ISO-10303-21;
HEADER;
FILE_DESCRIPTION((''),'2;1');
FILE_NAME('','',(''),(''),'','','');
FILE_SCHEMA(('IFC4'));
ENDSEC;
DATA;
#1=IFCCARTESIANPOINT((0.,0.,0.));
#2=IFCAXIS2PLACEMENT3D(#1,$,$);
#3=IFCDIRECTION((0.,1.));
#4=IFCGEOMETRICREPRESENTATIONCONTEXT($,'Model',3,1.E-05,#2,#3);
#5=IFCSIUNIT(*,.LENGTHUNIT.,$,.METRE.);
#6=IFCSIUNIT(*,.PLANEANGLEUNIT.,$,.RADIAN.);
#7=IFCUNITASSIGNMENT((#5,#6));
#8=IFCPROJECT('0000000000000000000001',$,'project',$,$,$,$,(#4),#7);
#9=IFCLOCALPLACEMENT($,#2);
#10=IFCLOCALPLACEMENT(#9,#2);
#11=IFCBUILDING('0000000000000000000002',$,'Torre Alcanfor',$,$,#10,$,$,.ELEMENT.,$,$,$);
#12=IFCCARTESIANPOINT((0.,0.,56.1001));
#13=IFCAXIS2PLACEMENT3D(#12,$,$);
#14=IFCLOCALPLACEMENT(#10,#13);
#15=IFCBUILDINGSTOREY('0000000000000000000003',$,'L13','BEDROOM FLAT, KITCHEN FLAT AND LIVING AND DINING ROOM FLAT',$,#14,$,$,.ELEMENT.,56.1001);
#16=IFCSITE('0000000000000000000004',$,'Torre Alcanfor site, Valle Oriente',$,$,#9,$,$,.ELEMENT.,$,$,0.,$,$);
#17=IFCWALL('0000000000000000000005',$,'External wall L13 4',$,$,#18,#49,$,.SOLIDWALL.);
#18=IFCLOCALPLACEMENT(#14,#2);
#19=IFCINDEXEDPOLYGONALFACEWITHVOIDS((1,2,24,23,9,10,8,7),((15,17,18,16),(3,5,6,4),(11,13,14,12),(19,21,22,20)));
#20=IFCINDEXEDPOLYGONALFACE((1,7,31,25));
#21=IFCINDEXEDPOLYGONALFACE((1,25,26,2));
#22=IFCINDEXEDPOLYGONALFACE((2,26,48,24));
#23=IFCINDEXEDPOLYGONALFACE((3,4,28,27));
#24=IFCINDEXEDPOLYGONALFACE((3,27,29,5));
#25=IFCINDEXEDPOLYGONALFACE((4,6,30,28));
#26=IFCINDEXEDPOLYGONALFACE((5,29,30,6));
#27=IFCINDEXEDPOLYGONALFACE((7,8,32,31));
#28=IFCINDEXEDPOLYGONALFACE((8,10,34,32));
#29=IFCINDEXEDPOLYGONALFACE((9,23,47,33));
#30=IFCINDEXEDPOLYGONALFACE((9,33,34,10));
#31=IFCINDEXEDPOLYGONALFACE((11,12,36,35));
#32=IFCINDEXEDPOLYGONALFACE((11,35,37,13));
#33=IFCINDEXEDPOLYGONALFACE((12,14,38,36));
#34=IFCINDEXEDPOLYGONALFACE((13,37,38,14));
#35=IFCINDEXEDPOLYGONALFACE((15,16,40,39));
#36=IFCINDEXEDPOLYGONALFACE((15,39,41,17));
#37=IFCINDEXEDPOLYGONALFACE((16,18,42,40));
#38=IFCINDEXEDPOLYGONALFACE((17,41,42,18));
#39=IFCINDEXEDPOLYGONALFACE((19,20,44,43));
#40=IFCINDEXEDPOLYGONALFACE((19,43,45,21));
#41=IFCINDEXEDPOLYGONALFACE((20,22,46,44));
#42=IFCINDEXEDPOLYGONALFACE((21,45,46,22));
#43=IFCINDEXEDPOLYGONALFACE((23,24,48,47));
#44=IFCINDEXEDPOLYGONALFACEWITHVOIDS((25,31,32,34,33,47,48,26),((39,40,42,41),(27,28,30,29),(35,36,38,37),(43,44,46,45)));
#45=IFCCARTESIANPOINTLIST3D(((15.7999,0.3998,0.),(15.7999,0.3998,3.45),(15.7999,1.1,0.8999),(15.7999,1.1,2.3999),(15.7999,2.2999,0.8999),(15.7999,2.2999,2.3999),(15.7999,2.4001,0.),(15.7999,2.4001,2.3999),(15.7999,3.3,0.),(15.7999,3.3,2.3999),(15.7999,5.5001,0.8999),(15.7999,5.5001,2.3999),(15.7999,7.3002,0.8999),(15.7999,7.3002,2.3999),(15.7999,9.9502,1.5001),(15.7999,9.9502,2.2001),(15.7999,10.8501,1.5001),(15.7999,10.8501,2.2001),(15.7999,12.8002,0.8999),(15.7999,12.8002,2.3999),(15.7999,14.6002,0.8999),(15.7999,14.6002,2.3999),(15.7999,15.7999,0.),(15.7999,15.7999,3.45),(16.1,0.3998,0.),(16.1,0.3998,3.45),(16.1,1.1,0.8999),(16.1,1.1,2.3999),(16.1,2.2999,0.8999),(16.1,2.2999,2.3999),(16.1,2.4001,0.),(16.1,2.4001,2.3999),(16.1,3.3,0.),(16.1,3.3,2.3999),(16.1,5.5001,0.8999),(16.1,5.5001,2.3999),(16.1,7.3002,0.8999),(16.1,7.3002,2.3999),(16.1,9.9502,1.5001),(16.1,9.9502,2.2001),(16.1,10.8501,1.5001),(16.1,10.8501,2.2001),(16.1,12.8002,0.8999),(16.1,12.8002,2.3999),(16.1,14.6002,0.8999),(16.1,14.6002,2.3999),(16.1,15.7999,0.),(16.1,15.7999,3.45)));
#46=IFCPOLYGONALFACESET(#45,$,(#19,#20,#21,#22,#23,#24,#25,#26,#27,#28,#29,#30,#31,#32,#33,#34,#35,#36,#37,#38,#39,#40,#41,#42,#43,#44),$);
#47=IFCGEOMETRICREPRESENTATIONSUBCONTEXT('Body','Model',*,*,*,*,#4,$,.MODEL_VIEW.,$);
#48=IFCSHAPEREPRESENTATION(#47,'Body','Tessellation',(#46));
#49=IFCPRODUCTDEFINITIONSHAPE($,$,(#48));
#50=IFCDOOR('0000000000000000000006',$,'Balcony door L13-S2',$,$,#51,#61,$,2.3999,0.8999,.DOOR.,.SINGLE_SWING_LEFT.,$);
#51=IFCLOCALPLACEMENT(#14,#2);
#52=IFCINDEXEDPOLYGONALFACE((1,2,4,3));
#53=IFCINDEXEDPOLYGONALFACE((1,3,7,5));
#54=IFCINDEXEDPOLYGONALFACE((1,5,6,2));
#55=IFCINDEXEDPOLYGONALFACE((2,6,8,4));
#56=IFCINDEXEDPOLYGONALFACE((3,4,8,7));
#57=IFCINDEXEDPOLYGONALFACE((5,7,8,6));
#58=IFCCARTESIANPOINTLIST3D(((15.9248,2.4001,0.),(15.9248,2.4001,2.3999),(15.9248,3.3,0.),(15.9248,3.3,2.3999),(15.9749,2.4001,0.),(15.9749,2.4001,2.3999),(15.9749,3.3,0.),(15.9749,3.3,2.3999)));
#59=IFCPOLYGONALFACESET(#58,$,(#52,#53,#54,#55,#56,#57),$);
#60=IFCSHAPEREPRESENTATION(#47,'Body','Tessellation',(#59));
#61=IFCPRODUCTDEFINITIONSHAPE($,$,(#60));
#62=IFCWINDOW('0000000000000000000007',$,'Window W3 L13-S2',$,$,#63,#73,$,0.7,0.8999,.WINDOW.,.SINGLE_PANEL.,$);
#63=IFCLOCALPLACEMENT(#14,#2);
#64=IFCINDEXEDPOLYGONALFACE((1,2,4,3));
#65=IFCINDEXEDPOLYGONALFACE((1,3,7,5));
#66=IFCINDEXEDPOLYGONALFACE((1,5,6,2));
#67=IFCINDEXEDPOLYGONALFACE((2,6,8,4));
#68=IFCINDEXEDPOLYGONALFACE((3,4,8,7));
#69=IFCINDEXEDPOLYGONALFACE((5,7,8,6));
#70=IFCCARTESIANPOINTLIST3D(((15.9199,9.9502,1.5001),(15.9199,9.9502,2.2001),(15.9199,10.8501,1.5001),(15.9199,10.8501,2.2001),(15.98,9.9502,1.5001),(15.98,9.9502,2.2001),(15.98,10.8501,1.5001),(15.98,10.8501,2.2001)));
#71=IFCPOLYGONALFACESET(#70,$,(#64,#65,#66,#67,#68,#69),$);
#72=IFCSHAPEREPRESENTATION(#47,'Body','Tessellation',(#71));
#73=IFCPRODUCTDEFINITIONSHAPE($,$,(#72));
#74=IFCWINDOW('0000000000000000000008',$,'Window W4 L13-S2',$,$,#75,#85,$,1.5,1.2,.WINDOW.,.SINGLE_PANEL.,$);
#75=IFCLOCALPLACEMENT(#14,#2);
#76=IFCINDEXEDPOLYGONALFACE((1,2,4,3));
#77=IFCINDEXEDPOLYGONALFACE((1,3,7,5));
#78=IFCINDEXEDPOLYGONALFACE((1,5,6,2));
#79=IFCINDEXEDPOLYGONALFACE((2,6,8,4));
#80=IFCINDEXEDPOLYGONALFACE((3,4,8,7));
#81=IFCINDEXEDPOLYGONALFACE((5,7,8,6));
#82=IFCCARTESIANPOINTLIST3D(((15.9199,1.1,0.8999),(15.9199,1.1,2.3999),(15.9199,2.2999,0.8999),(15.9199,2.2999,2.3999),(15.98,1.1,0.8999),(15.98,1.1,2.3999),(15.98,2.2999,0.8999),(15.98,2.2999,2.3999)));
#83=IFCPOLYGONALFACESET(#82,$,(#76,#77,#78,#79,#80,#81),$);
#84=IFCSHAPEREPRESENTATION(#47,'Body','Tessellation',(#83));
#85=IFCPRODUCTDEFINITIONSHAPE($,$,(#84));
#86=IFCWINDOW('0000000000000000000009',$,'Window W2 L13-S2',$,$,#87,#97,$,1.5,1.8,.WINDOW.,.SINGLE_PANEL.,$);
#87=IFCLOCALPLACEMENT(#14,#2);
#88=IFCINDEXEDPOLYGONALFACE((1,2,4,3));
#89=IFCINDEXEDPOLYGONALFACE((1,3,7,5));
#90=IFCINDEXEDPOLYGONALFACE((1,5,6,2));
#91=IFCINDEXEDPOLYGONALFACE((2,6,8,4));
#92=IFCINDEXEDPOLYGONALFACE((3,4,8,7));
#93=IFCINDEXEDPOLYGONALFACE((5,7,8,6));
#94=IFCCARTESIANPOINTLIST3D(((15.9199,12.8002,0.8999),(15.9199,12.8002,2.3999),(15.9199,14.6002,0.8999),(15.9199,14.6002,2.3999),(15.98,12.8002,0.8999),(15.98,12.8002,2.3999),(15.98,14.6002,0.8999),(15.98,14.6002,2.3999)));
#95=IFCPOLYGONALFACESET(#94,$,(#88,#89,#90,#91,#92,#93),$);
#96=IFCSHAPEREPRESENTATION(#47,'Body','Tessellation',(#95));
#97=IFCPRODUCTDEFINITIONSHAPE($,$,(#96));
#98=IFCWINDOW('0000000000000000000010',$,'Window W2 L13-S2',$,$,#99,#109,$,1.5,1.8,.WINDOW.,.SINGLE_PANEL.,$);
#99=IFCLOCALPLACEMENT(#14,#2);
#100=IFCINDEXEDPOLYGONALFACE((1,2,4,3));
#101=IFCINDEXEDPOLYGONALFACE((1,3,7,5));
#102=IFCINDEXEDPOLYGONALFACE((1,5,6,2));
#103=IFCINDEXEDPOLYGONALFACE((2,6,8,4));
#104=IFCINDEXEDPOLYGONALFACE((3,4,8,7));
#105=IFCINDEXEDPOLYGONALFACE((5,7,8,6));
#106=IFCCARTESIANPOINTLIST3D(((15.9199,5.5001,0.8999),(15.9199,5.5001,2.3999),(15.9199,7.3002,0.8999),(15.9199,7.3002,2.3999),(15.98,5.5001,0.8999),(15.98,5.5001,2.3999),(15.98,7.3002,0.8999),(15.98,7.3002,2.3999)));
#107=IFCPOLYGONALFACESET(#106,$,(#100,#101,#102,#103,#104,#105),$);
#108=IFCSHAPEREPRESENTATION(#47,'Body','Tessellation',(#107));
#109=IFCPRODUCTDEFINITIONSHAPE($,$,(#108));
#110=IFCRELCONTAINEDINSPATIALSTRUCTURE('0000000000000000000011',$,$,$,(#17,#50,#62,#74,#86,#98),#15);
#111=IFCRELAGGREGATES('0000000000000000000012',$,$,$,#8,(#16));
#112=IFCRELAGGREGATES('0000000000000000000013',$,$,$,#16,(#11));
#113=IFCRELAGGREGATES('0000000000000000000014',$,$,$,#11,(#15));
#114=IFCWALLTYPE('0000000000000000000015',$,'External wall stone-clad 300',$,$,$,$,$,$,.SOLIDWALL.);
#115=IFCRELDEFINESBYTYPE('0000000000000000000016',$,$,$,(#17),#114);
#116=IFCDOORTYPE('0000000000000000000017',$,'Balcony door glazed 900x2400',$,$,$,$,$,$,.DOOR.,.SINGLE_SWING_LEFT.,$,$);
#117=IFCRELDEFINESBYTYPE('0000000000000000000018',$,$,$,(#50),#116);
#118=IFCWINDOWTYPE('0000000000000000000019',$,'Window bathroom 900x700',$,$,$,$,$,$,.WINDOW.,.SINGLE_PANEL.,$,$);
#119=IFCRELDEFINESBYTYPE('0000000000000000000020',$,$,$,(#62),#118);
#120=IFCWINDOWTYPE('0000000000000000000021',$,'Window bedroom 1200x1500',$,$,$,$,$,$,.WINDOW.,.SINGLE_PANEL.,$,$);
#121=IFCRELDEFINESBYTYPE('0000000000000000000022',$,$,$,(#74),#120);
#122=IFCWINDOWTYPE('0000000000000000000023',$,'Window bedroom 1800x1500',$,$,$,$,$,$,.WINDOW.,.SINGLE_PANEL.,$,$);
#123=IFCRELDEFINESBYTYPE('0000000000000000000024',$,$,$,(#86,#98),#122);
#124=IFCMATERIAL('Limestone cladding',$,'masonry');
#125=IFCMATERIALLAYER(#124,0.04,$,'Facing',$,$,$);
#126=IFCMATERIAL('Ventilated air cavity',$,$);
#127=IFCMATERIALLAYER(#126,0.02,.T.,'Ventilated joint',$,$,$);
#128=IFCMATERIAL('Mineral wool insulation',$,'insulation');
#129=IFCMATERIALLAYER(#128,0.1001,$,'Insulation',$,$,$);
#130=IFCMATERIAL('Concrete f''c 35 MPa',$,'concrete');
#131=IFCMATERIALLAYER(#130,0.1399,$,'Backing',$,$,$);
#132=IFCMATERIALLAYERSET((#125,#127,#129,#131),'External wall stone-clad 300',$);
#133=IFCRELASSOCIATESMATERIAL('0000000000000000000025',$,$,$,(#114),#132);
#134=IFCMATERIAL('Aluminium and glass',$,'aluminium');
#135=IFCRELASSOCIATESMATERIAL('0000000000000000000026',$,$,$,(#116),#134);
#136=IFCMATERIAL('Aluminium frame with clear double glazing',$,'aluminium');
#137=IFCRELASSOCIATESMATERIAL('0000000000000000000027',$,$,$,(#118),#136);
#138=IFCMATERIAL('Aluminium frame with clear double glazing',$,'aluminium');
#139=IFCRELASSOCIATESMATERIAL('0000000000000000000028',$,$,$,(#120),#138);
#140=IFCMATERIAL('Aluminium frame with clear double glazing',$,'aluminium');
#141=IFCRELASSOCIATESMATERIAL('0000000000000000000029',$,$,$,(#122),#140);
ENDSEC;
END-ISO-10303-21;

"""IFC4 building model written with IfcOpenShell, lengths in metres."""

from ifc_helpers import new_model, si_unit, direction, frame, frame_2d, origin, place, context, subcontext, project, spatial, rectangle, extrude, material, layer, layer_set, type_object, element, fill, save


model = new_model("IFC4")

# Units and contexts
model_context = context("Model", 3, precision=1e-05, world=origin(), true_north=direction((0.0, 1.0)))
body_context = subcontext(model_context, "Body", "Model", "MODEL_VIEW")
ifc_project = project(units=[si_unit("LENGTHUNIT", "METRE"), si_unit("PLANEANGLEUNIT", "RADIAN")], contexts=[model_context])

# Site, building, storey
site_placement = place(None, origin())
site = spatial("IfcSite", under=ifc_project, at=site_placement, Name="Torre Alcanfor site, Valle Oriente", CompositionType="ELEMENT", RefElevation=0.0)
building_placement = place(site_placement, origin())
building = spatial("IfcBuilding", under=site, at=building_placement, Name="Torre Alcanfor", CompositionType="ELEMENT")
storey_placement = place(building_placement, frame((0.0, 0.0, 56.1001)))
storey = spatial("IfcBuildingStorey", under=building, at=storey_placement, Name="L13", Description="BEDROOM FLAT, KITCHEN FLAT AND LIVING AND DINING ROOM FLAT", CompositionType="ELEMENT", Elevation=56.1001)

# Wall, openings, door, windows
ifc_material_1 = material(Name="Limestone cladding", Category="masonry")
ifc_layer_1 = layer(ifc_material_1, 0.04, Name="Facing")
ifc_material_2 = material(Name="Ventilated air cavity")
ifc_layer_2 = layer(ifc_material_2, 0.02, ventilated=True, Name="Ventilated joint")
ifc_material_3 = material(Name="Mineral wool insulation", Category="insulation")
ifc_layer_3 = layer(ifc_material_3, 0.1001, Name="Insulation")
ifc_material_4 = material(Name="Concrete f'c 35 MPa", Category="concrete")
ifc_layer_4 = layer(ifc_material_4, 0.1399, Name="Backing")
ifc_layer_set_1 = layer_set([ifc_layer_1, ifc_layer_2, ifc_layer_3, ifc_layer_4], Name="External wall stone-clad 300")
wall_type_1 = type_object("IfcWallType", Name="External wall stone-clad 300", PredefinedType="SOLIDWALL", material=ifc_layer_set_1)
ifc_material_5 = material(Name="Aluminium and glass", Category="aluminium")
door_type = type_object("IfcDoorType", Name="Balcony door glazed 900x2400", OperationType="SINGLE_SWING_LEFT", PredefinedType="DOOR", material=ifc_material_5)
ifc_material_6 = material(Name="Aluminium frame with clear double glazing", Category="aluminium")
window_type_1 = type_object("IfcWindowType", Name="Window bathroom 900x700", PartitioningType="SINGLE_PANEL", PredefinedType="WINDOW", material=ifc_material_6)
ifc_material_7 = material(Name="Aluminium frame with clear double glazing", Category="aluminium")
window_type_2 = type_object("IfcWindowType", Name="Window bedroom 1200x1500", PartitioningType="SINGLE_PANEL", PredefinedType="WINDOW", material=ifc_material_7)
ifc_material_8 = material(Name="Aluminium frame with clear double glazing", Category="aluminium")
window_type_3 = type_object("IfcWindowType", Name="Window bedroom 1800x1500", PartitioningType="SINGLE_PANEL", PredefinedType="WINDOW", material=ifc_material_8)
wall_1_placement = place(storey_placement, frame((15.95, 15.8, 0.0), z_axis=(0.0, 0.0, 1.0), x_axis=(0.0, -1.0, 0.0)))
wall_1 = element("IfcWall", 1, at=wall_1_placement, inside=storey, type_object=wall_type_1, Name="External wall L13 4", PredefinedType="SOLIDWALL", context=body_context, shape_type="SweptSolid", body=[
    extrude(rectangle(XDim=15.4001, YDim=0.3, at=frame_2d((7.7002, 0.0))), origin(), (0.0, 0.0, 1.0), 3.45),
])
opening_1_placement = place(wall_1_placement, frame((1.2, 0.0, 0.8999)))
opening_1 = element("IfcOpeningElement", 2, at=opening_1_placement, cuts=wall_1, PredefinedType="OPENING", context=body_context, shape_type="SweptSolid", body=[
    extrude(rectangle(XDim=1.8, YDim=1.5, at=frame_2d((0.8999, 0.75))), frame((0.0, 0.1599, 0.0), z_axis=(0.0, -1.0, 0.0), x_axis=(1.0, 0.0, 0.0)), (0.0, 0.0, 1.0), 0.3201),
])
opening_2_placement = place(wall_1_placement, frame((4.95, 0.0, 1.5)))
opening_2 = element("IfcOpeningElement", 3, at=opening_2_placement, cuts=wall_1, PredefinedType="OPENING", context=body_context, shape_type="SweptSolid", body=[
    extrude(rectangle(XDim=0.8999, YDim=0.7, at=frame_2d((0.45, 0.3501))), frame((0.0, 0.1599, 0.0), z_axis=(0.0, -1.0, 0.0), x_axis=(1.0, 0.0, 0.0)), (0.0, 0.0, 1.0), 0.3201),
])
opening_3_placement = place(wall_1_placement, frame((8.5, 0.0, 0.8999)))
opening_3 = element("IfcOpeningElement", 4, at=opening_3_placement, cuts=wall_1, PredefinedType="OPENING", context=body_context, shape_type="SweptSolid", body=[
    extrude(rectangle(XDim=1.8, YDim=1.5, at=frame_2d((0.8999, 0.75))), frame((0.0, 0.1599, 0.0), z_axis=(0.0, -1.0, 0.0), x_axis=(1.0, 0.0, 0.0)), (0.0, 0.0, 1.0), 0.3201),
])
opening_4_placement = place(wall_1_placement, frame((12.5, 0.0, 0.0)))
opening_4 = element("IfcOpeningElement", 5, at=opening_4_placement, cuts=wall_1, PredefinedType="OPENING", context=body_context, shape_type="SweptSolid", body=[
    extrude(rectangle(XDim=0.8999, YDim=2.3999, at=frame_2d((0.45, 1.2))), frame((0.0, 0.1599, 0.0), z_axis=(0.0, -1.0, 0.0), x_axis=(1.0, 0.0, 0.0)), (0.0, 0.0, 1.0), 0.3201),
])
opening_5_placement = place(wall_1_placement, frame((13.5, 0.0, 0.8999)))
opening_5 = element("IfcOpeningElement", 6, at=opening_5_placement, cuts=wall_1, PredefinedType="OPENING", context=body_context, shape_type="SweptSolid", body=[
    extrude(rectangle(XDim=1.2, YDim=1.5, at=frame_2d((0.6001, 0.75))), frame((0.0, 0.1599, 0.0), z_axis=(0.0, -1.0, 0.0), x_axis=(1.0, 0.0, 0.0)), (0.0, 0.0, 1.0), 0.3201),
])
door_1_placement = place(opening_4_placement, origin())
door_1 = element("IfcDoor", 7, at=door_1_placement, inside=storey, type_object=door_type, Name="Balcony door L13-S2", OperationType="SINGLE_SWING_LEFT", OverallHeight=2.3999, OverallWidth=0.8999, PredefinedType="DOOR", context=body_context, shape_type="SweptSolid", body=[
    extrude(rectangle(XDim=0.8999, YDim=2.3999, at=frame_2d((0.45, 1.2))), frame((0.0, 0.0249, 0.0), z_axis=(0.0, -1.0, 0.0), x_axis=(1.0, 0.0, 0.0)), (0.0, 0.0, 1.0), 0.05),
])
fill(opening_4, door_1)
window_1_placement = place(opening_2_placement, origin())
window_1 = element("IfcWindow", 8, at=window_1_placement, inside=storey, type_object=window_type_1, Name="Window W3 L13-S2", OverallHeight=0.7, OverallWidth=0.8999, PartitioningType="SINGLE_PANEL", PredefinedType="WINDOW", context=body_context, shape_type="SweptSolid", body=[
    extrude(rectangle(XDim=0.8999, YDim=0.7, at=frame_2d((0.45, 0.3501))), frame((0.0, 0.03, 0.0), z_axis=(0.0, -1.0, 0.0), x_axis=(1.0, 0.0, 0.0)), (0.0, 0.0, 1.0), 0.0601),
])
fill(opening_2, window_1)
window_2_placement = place(opening_5_placement, origin())
window_2 = element("IfcWindow", 9, at=window_2_placement, inside=storey, type_object=window_type_2, Name="Window W4 L13-S2", OverallHeight=1.5, OverallWidth=1.2, PartitioningType="SINGLE_PANEL", PredefinedType="WINDOW", context=body_context, shape_type="SweptSolid", body=[
    extrude(rectangle(XDim=1.2, YDim=1.5, at=frame_2d((0.6001, 0.75))), frame((0.0, 0.03, 0.0), z_axis=(0.0, -1.0, 0.0), x_axis=(1.0, 0.0, 0.0)), (0.0, 0.0, 1.0), 0.0601),
])
fill(opening_5, window_2)
window_3_placement = place(opening_1_placement, origin())
window_3 = element("IfcWindow", 10, at=window_3_placement, inside=storey, type_object=window_type_3, Name="Window W2 L13-S2", OverallHeight=1.5, OverallWidth=1.8, PartitioningType="SINGLE_PANEL", PredefinedType="WINDOW", context=body_context, shape_type="SweptSolid", body=[
    extrude(rectangle(XDim=1.8, YDim=1.5, at=frame_2d((0.8999, 0.75))), frame((0.0, 0.03, 0.0), z_axis=(0.0, -1.0, 0.0), x_axis=(1.0, 0.0, 0.0)), (0.0, 0.0, 1.0), 0.0601),
])
fill(opening_1, window_3)
window_4_placement = place(opening_3_placement, origin())
window_4 = element("IfcWindow", 11, at=window_4_placement, inside=storey, type_object=window_type_3, Name="Window W2 L13-S2", OverallHeight=1.5, OverallWidth=1.8, PartitioningType="SINGLE_PANEL", PredefinedType="WINDOW", context=body_context, shape_type="SweptSolid", body=[
    extrude(rectangle(XDim=1.8, YDim=1.5, at=frame_2d((0.8999, 0.75))), frame((0.0, 0.03, 0.0), z_axis=(0.0, -1.0, 0.0), x_axis=(1.0, 0.0, 0.0)), (0.0, 0.0, 1.0), 0.0601),
])
fill(opening_3, window_4)

save(model, "model.ifc")
